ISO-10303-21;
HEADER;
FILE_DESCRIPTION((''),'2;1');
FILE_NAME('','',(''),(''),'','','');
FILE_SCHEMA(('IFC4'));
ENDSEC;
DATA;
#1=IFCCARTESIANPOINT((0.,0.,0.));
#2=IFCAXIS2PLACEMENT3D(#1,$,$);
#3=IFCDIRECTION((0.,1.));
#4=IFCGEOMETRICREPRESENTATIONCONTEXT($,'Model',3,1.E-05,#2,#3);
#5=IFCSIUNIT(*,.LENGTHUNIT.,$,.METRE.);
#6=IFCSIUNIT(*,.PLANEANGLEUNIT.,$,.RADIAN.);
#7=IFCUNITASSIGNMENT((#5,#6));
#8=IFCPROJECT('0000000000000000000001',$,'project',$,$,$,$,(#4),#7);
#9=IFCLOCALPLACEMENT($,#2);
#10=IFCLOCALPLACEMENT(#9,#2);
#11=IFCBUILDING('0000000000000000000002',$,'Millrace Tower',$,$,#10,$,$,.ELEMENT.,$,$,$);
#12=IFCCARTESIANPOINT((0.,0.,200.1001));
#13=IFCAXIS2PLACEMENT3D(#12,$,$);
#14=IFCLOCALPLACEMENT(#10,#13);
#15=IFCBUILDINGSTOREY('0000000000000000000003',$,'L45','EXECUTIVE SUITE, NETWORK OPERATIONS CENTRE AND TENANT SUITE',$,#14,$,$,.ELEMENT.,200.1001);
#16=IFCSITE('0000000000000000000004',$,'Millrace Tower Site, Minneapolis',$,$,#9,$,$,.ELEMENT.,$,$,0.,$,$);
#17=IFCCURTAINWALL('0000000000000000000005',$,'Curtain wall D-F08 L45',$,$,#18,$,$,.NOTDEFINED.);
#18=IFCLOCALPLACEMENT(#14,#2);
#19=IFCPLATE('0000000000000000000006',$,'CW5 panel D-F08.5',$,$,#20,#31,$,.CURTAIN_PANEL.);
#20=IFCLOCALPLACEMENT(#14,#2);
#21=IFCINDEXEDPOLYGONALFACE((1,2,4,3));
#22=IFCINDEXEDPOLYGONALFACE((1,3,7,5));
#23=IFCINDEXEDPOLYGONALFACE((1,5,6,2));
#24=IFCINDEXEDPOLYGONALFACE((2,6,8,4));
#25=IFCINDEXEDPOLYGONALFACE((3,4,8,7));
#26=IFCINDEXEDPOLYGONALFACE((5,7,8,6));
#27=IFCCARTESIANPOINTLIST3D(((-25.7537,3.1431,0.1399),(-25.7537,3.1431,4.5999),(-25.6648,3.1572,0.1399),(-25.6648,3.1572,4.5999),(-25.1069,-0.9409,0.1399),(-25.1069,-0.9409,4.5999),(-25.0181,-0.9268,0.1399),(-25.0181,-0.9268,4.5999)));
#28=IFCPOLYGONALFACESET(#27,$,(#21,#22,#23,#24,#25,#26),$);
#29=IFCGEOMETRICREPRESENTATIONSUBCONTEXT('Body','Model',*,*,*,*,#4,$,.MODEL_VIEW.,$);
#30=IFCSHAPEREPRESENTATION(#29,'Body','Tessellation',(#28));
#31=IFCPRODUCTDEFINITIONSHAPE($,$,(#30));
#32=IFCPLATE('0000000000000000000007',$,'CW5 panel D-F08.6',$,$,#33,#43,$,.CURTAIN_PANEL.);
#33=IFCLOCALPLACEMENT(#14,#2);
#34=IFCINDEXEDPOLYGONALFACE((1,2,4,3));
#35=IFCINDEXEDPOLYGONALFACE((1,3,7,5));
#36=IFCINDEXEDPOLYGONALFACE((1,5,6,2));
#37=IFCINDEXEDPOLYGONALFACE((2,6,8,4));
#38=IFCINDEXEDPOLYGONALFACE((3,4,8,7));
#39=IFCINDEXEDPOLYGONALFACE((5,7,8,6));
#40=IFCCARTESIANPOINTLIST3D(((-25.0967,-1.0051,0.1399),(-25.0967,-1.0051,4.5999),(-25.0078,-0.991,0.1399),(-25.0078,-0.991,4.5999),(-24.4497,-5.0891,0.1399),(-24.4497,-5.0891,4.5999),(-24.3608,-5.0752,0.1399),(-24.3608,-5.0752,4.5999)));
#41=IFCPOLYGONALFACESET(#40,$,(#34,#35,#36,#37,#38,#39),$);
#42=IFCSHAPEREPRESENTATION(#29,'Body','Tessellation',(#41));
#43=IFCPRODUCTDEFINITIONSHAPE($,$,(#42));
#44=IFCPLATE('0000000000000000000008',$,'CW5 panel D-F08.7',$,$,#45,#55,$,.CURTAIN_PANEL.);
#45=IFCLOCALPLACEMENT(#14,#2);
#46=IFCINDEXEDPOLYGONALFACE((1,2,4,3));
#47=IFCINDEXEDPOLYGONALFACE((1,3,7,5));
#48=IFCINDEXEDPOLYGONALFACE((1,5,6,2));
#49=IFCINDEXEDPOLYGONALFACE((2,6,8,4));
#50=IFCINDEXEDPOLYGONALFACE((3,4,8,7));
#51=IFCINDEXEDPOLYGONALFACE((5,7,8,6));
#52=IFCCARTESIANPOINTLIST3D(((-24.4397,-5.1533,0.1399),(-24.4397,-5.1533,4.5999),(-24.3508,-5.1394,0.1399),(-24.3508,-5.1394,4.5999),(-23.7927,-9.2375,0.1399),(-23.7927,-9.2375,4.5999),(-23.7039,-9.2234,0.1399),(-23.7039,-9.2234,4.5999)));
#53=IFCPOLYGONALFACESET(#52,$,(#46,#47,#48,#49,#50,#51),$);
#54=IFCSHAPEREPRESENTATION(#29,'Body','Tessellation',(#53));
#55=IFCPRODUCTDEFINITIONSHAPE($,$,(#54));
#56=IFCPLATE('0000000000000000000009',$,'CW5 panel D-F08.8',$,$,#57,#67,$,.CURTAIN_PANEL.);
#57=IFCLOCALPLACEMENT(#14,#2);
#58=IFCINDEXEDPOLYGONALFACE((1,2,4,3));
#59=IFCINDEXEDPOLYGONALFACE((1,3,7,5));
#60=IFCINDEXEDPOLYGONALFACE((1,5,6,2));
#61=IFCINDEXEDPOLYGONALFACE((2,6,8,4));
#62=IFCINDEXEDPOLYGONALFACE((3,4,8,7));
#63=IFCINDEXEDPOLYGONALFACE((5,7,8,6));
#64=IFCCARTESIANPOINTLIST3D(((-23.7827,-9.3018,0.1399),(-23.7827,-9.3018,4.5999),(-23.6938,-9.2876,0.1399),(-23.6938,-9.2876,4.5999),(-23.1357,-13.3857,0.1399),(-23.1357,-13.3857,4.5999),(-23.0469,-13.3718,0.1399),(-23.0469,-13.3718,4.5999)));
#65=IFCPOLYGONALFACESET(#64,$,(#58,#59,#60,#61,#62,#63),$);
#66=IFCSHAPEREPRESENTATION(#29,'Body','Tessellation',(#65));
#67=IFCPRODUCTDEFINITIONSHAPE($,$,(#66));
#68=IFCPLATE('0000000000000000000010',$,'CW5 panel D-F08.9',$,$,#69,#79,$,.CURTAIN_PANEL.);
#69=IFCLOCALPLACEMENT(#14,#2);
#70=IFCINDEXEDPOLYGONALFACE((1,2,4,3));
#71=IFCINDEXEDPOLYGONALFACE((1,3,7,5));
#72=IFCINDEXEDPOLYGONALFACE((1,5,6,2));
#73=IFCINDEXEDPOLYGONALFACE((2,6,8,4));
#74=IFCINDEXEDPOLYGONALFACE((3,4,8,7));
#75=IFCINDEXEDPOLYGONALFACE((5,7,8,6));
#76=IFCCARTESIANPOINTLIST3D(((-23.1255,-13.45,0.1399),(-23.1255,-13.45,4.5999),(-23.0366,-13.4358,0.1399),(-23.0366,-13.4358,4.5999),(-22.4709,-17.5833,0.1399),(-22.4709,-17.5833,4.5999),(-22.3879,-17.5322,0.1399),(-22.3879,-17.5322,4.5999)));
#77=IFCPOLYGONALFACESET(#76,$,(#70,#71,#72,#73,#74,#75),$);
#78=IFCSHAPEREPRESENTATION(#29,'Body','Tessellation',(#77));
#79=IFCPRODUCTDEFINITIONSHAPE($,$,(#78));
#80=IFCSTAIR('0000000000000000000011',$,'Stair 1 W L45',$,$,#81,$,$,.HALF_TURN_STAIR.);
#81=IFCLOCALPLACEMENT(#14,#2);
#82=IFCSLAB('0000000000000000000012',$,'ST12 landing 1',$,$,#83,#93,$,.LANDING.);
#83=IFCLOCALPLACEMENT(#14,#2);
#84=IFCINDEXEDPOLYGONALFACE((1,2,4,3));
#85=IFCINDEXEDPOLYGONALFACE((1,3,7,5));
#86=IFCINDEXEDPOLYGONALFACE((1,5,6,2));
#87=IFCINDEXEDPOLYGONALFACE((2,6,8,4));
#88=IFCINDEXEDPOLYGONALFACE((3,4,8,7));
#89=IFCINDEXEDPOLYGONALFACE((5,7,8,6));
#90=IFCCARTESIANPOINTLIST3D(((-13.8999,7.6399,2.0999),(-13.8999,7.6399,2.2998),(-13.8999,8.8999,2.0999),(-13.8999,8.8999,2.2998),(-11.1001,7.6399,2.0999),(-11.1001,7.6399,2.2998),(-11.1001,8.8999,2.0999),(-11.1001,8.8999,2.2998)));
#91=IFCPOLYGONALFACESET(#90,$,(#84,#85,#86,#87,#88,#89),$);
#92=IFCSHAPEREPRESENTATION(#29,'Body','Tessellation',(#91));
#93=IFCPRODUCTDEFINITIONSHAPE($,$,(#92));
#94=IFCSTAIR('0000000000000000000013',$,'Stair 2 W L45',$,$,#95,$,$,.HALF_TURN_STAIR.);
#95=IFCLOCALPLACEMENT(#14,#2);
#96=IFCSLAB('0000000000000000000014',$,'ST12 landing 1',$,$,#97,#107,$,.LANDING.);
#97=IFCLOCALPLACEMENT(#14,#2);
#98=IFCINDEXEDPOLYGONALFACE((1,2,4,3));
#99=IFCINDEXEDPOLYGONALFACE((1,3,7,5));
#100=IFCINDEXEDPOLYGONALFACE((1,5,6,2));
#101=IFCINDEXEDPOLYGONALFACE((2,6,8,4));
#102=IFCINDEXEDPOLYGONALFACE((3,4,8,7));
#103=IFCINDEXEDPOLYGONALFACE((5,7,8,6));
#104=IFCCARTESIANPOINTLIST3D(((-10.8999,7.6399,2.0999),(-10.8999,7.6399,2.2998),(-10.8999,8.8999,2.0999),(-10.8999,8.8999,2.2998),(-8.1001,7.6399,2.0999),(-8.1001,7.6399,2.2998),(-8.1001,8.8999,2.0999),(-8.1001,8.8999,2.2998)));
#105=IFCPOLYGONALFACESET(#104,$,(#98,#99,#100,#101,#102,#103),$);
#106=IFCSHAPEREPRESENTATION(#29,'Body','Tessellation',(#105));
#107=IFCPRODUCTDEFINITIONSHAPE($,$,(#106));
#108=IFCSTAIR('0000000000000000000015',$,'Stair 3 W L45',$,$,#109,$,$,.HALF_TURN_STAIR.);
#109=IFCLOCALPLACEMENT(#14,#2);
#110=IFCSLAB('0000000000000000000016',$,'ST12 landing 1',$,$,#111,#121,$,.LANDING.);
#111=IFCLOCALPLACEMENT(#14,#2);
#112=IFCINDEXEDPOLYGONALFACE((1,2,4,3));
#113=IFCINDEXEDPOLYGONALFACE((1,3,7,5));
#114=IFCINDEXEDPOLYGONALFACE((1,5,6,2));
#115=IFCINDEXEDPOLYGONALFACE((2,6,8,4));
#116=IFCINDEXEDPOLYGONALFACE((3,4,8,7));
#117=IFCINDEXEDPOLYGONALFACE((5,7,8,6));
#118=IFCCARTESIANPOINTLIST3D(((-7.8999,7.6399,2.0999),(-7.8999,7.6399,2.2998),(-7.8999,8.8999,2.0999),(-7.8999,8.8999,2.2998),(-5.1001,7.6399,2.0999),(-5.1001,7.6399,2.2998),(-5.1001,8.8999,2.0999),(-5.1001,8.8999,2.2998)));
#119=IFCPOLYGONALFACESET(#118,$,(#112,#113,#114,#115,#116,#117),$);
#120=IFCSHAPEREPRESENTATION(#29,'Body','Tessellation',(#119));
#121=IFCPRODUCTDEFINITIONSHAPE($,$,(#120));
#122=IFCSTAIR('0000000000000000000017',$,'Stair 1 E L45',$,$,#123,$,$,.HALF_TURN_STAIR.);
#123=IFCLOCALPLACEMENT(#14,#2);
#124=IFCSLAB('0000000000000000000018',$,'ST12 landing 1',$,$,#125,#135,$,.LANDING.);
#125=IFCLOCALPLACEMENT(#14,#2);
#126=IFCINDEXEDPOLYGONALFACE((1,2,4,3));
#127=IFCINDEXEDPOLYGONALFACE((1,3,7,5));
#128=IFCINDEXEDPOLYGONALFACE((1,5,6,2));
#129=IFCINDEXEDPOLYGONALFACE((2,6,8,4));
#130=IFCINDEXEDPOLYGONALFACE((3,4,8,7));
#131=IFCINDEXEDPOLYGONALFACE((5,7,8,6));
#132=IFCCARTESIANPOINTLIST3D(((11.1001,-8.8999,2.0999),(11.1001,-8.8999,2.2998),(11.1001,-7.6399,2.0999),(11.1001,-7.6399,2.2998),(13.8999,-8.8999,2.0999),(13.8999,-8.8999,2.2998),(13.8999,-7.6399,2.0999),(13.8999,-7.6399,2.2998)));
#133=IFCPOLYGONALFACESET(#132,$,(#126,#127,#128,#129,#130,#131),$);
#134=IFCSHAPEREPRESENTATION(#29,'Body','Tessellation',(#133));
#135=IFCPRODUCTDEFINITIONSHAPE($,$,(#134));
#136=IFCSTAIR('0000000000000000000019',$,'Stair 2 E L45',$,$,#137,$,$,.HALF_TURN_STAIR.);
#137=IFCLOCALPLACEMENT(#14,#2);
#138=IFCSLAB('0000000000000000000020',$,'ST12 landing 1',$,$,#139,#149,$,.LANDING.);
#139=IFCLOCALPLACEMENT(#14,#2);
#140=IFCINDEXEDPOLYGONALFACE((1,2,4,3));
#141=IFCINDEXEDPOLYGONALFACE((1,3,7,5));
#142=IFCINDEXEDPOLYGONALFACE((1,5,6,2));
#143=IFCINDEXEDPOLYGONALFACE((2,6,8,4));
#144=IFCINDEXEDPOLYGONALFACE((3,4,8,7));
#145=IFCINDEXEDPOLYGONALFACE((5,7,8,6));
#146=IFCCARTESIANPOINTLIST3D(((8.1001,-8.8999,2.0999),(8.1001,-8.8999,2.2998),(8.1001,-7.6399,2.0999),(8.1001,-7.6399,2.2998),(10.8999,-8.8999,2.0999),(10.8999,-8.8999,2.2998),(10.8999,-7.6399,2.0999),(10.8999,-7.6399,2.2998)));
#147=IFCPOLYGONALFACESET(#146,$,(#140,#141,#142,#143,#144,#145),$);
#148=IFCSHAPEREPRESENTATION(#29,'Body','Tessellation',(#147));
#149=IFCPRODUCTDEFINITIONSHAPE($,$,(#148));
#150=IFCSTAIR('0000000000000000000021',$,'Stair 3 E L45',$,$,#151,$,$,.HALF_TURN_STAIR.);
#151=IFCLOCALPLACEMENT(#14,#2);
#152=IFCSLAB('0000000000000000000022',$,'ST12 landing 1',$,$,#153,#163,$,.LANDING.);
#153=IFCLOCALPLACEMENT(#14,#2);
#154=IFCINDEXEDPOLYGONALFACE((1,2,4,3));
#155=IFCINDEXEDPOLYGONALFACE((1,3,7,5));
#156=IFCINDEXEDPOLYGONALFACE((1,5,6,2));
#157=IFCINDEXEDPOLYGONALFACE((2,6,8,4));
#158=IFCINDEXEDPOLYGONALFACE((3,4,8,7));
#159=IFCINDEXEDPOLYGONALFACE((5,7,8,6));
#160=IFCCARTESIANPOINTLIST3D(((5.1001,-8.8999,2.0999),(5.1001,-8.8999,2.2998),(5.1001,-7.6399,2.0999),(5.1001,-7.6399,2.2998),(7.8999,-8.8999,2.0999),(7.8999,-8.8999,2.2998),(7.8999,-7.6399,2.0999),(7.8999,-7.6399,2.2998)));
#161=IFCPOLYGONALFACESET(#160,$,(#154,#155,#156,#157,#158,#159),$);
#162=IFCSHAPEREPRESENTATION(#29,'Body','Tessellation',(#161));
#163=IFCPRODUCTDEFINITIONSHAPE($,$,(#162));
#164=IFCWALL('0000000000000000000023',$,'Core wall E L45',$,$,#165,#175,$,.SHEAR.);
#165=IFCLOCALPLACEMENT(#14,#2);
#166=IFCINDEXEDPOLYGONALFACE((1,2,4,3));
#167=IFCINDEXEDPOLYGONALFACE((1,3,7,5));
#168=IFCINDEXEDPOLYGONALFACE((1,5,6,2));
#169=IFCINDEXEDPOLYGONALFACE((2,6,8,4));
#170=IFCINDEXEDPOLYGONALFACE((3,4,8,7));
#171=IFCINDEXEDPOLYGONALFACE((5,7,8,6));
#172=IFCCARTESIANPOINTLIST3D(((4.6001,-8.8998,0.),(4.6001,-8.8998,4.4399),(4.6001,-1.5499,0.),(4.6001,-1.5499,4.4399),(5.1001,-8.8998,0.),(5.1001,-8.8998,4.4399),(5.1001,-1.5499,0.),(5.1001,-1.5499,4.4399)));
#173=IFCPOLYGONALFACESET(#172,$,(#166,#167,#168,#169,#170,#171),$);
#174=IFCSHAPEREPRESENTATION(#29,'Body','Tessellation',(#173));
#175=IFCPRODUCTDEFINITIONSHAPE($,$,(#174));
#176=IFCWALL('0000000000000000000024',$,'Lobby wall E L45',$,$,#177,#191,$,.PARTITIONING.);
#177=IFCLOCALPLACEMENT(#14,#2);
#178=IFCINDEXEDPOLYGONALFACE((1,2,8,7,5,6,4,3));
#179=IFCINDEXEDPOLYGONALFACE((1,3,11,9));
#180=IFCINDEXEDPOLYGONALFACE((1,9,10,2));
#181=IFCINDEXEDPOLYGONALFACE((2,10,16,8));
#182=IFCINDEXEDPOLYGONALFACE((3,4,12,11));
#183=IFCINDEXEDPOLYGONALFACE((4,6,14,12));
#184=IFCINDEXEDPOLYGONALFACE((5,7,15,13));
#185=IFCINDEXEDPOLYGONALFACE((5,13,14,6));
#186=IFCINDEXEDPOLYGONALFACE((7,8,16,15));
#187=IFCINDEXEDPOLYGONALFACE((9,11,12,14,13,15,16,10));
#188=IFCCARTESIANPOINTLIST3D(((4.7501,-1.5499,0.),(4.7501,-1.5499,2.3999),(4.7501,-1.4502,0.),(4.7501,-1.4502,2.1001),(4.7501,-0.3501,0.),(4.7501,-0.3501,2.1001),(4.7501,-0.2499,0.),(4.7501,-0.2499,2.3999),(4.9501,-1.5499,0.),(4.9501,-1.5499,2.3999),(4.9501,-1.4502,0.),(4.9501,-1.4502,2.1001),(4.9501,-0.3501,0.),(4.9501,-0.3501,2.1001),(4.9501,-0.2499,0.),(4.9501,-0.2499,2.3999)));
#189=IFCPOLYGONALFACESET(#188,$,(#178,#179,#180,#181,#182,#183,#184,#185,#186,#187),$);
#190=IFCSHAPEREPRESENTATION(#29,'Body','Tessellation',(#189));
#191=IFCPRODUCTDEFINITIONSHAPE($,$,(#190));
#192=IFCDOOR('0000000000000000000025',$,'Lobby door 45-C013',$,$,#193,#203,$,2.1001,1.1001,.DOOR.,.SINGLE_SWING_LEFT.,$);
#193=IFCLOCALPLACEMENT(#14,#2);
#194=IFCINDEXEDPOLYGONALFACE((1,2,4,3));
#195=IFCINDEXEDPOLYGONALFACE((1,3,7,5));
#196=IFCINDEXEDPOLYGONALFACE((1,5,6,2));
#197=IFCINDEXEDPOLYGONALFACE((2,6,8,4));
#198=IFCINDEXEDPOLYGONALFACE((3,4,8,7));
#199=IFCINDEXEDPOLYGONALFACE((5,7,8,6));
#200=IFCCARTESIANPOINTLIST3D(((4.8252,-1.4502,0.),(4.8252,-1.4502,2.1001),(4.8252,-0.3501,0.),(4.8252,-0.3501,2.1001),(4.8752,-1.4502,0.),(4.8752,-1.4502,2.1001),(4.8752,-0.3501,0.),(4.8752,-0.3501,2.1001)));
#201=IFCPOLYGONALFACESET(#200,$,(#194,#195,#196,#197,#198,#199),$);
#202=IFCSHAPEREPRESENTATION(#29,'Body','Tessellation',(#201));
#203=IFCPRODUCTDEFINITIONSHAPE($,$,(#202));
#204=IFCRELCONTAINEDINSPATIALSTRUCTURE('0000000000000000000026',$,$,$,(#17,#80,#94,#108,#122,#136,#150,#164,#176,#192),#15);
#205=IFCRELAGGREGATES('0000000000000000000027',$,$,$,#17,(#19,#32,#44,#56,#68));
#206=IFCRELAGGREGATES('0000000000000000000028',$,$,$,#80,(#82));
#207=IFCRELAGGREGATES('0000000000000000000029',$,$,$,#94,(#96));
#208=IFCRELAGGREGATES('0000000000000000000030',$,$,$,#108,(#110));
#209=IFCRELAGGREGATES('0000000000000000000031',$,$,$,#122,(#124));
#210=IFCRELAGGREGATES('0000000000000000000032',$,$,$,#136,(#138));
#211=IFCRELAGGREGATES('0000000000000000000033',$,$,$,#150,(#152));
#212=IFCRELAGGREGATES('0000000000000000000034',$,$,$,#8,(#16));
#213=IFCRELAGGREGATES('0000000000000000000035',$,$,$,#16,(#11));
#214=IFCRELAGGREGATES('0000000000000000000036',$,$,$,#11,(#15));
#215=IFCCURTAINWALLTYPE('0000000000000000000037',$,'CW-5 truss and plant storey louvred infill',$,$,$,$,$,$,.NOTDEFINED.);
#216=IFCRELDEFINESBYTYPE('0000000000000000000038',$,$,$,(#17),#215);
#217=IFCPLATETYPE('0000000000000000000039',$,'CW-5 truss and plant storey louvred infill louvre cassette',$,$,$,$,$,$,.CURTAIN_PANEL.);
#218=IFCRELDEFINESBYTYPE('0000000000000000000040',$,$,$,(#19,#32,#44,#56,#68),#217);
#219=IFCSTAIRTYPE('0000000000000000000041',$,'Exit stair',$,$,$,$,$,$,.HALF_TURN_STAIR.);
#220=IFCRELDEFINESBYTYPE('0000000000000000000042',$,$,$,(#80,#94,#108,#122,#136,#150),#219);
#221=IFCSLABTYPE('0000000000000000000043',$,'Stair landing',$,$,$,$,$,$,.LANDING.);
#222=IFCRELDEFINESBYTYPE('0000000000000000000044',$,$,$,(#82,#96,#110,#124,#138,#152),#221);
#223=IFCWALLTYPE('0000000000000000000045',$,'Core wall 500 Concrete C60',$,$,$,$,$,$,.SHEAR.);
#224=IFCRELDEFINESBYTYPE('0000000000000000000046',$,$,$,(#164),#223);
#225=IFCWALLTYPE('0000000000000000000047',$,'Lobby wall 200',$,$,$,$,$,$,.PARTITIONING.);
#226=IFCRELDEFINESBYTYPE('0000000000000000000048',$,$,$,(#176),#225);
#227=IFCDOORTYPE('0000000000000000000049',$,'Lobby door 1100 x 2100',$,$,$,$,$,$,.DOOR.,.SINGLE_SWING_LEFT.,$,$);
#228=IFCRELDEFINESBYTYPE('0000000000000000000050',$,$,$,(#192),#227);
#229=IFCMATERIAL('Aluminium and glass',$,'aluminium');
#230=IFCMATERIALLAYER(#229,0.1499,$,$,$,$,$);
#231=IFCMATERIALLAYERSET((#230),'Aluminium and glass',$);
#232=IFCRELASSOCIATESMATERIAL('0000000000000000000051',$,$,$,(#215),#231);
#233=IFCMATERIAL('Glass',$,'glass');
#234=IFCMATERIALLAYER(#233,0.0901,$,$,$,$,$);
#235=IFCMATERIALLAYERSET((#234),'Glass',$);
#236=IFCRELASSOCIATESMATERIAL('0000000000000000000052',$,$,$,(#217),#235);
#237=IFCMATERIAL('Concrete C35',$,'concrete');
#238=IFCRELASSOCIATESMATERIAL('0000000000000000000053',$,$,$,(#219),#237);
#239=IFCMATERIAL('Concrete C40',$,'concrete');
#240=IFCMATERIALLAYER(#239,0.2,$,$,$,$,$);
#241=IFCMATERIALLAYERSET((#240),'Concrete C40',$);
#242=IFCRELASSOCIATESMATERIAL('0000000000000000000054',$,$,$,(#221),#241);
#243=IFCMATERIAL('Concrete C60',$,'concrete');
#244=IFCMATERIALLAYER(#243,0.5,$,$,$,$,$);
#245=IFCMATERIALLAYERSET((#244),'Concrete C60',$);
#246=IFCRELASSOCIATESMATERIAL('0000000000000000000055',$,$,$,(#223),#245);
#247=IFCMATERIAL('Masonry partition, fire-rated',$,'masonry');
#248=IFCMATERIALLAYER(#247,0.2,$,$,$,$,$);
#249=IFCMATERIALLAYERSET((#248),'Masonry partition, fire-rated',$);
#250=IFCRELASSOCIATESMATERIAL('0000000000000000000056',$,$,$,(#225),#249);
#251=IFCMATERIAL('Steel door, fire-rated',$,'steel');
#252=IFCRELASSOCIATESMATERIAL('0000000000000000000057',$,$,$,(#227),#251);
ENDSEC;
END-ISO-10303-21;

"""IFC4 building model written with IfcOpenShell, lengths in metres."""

from ifc_helpers import new_model, si_unit, direction, frame, frame_2d, origin, place, context, subcontext, project, spatial, polyline, rectangle, outline, extrude, material, layer, layer_set, type_object, element, fill, aggregate, save


model = new_model("IFC4")

# Units and contexts
model_context = context("Model", 3, precision=1e-05, world=origin(), true_north=direction((0.0, 1.0)))
body_context = subcontext(model_context, "Body", "Model", "MODEL_VIEW")
ifc_project = project(units=[si_unit("LENGTHUNIT", "METRE"), si_unit("PLANEANGLEUNIT", "RADIAN")], contexts=[model_context])

# Site, building, storey
site_placement = place(None, origin())
site = spatial("IfcSite", under=ifc_project, at=site_placement, Name="Millrace Tower Site, Minneapolis", CompositionType="ELEMENT", RefElevation=0.0)
building_placement = place(site_placement, origin())
building = spatial("IfcBuilding", under=site, at=building_placement, Name="Millrace Tower", CompositionType="ELEMENT")
storey_placement = place(building_placement, frame((0.0, 0.0, 200.1001)))
storey = spatial("IfcBuildingStorey", under=building, at=storey_placement, Name="L45", Description="EXECUTIVE SUITE, NETWORK OPERATIONS CENTRE AND TENANT SUITE", CompositionType="ELEMENT", Elevation=200.1001)

# Curtain wall, plates
ifc_material_1 = material(Name="Aluminium and glass", Category="aluminium")
ifc_layer_1 = layer(ifc_material_1, 0.1499)
ifc_layer_set_1 = layer_set([ifc_layer_1], Name="Aluminium and glass")
curtain_wall_type = type_object("IfcCurtainWallType", Name="CW-5 truss and plant storey louvred infill", PredefinedType="NOTDEFINED", material=ifc_layer_set_1)
placement_1 = place(storey_placement, origin())
curtain_wall = element("IfcCurtainWall", 1, at=placement_1, inside=storey, type_object=curtain_wall_type, Name="Curtain wall D-F08 L45", PredefinedType="NOTDEFINED")
ifc_material_2 = material(Name="Glass", Category="glass")
ifc_layer_2 = layer(ifc_material_2, 0.0901)
ifc_layer_set_2 = layer_set([ifc_layer_2], Name="Glass")
plate_type = type_object("IfcPlateType", Name="CW-5 truss and plant storey louvred infill louvre cassette", PredefinedType="CURTAIN_PANEL", material=ifc_layer_set_2)
placement_2 = place(storey_placement, frame((0.0, 0.0, 0.1399)))
plate_1 = element("IfcPlate", 2, at=placement_2, type_object=plate_type, Name="CW5 panel D-F08.5", PredefinedType="CURTAIN_PANEL", context=body_context, shape_type="SweptSolid", body=[
    extrude(outline(polyline([(-25.7537, 3.1431), (-25.1069, -0.9409), (-25.0181, -0.9268), (-25.6648, 3.1572), (-25.7537, 3.1431)])), origin(), (0.0, 0.0, 1.0), 4.46),
])
plate_2 = element("IfcPlate", 3, at=placement_2, type_object=plate_type, Name="CW5 panel D-F08.6", PredefinedType="CURTAIN_PANEL", context=body_context, shape_type="SweptSolid", body=[
    extrude(outline(polyline([(-25.0967, -1.0051), (-24.4497, -5.0891), (-24.3608, -5.0752), (-25.0078, -0.991), (-25.0967, -1.0051)])), origin(), (0.0, 0.0, 1.0), 4.46),
])
plate_3 = element("IfcPlate", 4, at=placement_2, type_object=plate_type, Name="CW5 panel D-F08.7", PredefinedType="CURTAIN_PANEL", context=body_context, shape_type="SweptSolid", body=[
    extrude(outline(polyline([(-24.4397, -5.1533), (-23.7927, -9.2375), (-23.7039, -9.2234), (-24.3508, -5.1394), (-24.4397, -5.1533)])), origin(), (0.0, 0.0, 1.0), 4.46),
])
plate_4 = element("IfcPlate", 5, at=placement_2, type_object=plate_type, Name="CW5 panel D-F08.8", PredefinedType="CURTAIN_PANEL", context=body_context, shape_type="SweptSolid", body=[
    extrude(outline(polyline([(-23.7827, -9.3018), (-23.1357, -13.3857), (-23.0469, -13.3718), (-23.6938, -9.2876), (-23.7827, -9.3018)])), origin(), (0.0, 0.0, 1.0), 4.46),
])
plate_5 = element("IfcPlate", 6, at=placement_2, type_object=plate_type, Name="CW5 panel D-F08.9", PredefinedType="CURTAIN_PANEL", context=body_context, shape_type="SweptSolid", body=[
    extrude(outline(polyline([(-23.1255, -13.45), (-22.4709, -17.5833), (-22.3879, -17.5322), (-23.0366, -13.4358), (-23.1255, -13.45)])), origin(), (0.0, 0.0, 1.0), 4.46),
])
aggregate(curtain_wall, [plate_1, plate_2, plate_3, plate_4, plate_5])

# Stairs, slabs
ifc_material_3 = material(Name="Concrete C35", Category="concrete")
stair_type = type_object("IfcStairType", Name="Exit stair", PredefinedType="HALF_TURN_STAIR", material=ifc_material_3)
stair_1 = element("IfcStair", 7, at=placement_1, inside=storey, type_object=stair_type, Name="Stair 1 W L45", PredefinedType="HALF_TURN_STAIR")
ifc_material_4 = material(Name="Concrete C40", Category="concrete")
ifc_layer_3 = layer(ifc_material_4, 0.2)
ifc_layer_set_3 = layer_set([ifc_layer_3], Name="Concrete C40")
slab_type = type_object("IfcSlabType", Name="Stair landing", PredefinedType="LANDING", material=ifc_layer_set_3)
placement_3 = place(storey_placement, frame((0.0, 0.0, 2.0999)))
slab_1 = element("IfcSlab", 8, at=placement_3, type_object=slab_type, Name="ST12 landing 1", PredefinedType="LANDING", context=body_context, shape_type="SweptSolid", body=[
    extrude(outline(polyline([(-13.8999, 7.6399), (-11.1001, 7.6399), (-11.1001, 8.8999), (-13.8999, 8.8999), (-13.8999, 7.6399)])), origin(), (0.0, 0.0, 1.0), 0.2),
])
aggregate(stair_1, [slab_1])
stair_2 = element("IfcStair", 9, at=placement_1, inside=storey, type_object=stair_type, Name="Stair 2 W L45", PredefinedType="HALF_TURN_STAIR")
slab_2 = element("IfcSlab", 10, at=placement_3, type_object=slab_type, Name="ST12 landing 1", PredefinedType="LANDING", context=body_context, shape_type="SweptSolid", body=[
    extrude(outline(polyline([(-10.8999, 7.6399), (-8.1001, 7.6399), (-8.1001, 8.8999), (-10.8999, 8.8999), (-10.8999, 7.6399)])), origin(), (0.0, 0.0, 1.0), 0.2),
])
aggregate(stair_2, [slab_2])
stair_3 = element("IfcStair", 11, at=placement_1, inside=storey, type_object=stair_type, Name="Stair 3 W L45", PredefinedType="HALF_TURN_STAIR")
slab_3 = element("IfcSlab", 12, at=placement_3, type_object=slab_type, Name="ST12 landing 1", PredefinedType="LANDING", context=body_context, shape_type="SweptSolid", body=[
    extrude(outline(polyline([(-7.8999, 7.6399), (-5.1001, 7.6399), (-5.1001, 8.8999), (-7.8999, 8.8999), (-7.8999, 7.6399)])), origin(), (0.0, 0.0, 1.0), 0.2),
])
aggregate(stair_3, [slab_3])
stair_4 = element("IfcStair", 13, at=placement_1, inside=storey, type_object=stair_type, Name="Stair 1 E L45", PredefinedType="HALF_TURN_STAIR")
slab_4 = element("IfcSlab", 14, at=placement_3, type_object=slab_type, Name="ST12 landing 1", PredefinedType="LANDING", context=body_context, shape_type="SweptSolid", body=[
    extrude(outline(polyline([(11.1001, -8.8999), (13.8999, -8.8999), (13.8999, -7.6399), (11.1001, -7.6399), (11.1001, -8.8999)])), origin(), (0.0, 0.0, 1.0), 0.2),
])
aggregate(stair_4, [slab_4])
stair_5 = element("IfcStair", 15, at=placement_1, inside=storey, type_object=stair_type, Name="Stair 2 E L45", PredefinedType="HALF_TURN_STAIR")
slab_5 = element("IfcSlab", 16, at=placement_3, type_object=slab_type, Name="ST12 landing 1", PredefinedType="LANDING", context=body_context, shape_type="SweptSolid", body=[
    extrude(outline(polyline([(8.1001, -8.8999), (10.8999, -8.8999), (10.8999, -7.6399), (8.1001, -7.6399), (8.1001, -8.8999)])), origin(), (0.0, 0.0, 1.0), 0.2),
])
aggregate(stair_5, [slab_5])
stair_6 = element("IfcStair", 17, at=placement_1, inside=storey, type_object=stair_type, Name="Stair 3 E L45", PredefinedType="HALF_TURN_STAIR")
slab_6 = element("IfcSlab", 18, at=placement_3, type_object=slab_type, Name="ST12 landing 1", PredefinedType="LANDING", context=body_context, shape_type="SweptSolid", body=[
    extrude(outline(polyline([(5.1001, -8.8999), (7.8999, -8.8999), (7.8999, -7.6399), (5.1001, -7.6399), (5.1001, -8.8999)])), origin(), (0.0, 0.0, 1.0), 0.2),
])
aggregate(stair_6, [slab_6])

# Wall
ifc_material_5 = material(Name="Concrete C60", Category="concrete")
ifc_layer_4 = layer(ifc_material_5, 0.5)
ifc_layer_set_4 = layer_set([ifc_layer_4], Name="Concrete C60")
wall_type_1 = type_object("IfcWallType", Name="Core wall 500 Concrete C60", PredefinedType="SHEAR", material=ifc_layer_set_4)
wall_1_placement = place(storey_placement, frame((4.8501, -1.55, 0.0), z_axis=(0.0, 0.0, 1.0), x_axis=(0.0, -1.0, 0.0)))
element("IfcWall", 19, at=wall_1_placement, inside=storey, type_object=wall_type_1, Name="Core wall E L45", PredefinedType="SHEAR", context=body_context, shape_type="SweptSolid", body=[
    extrude(rectangle(XDim=7.3499, YDim=0.5, at=frame_2d((3.6748, 0.0))), origin(), (0.0, 0.0, 1.0), 4.4399),
])

# Wall, opening, door
ifc_material_6 = material(Name="Masonry partition, fire-rated", Category="masonry")
ifc_layer_5 = layer(ifc_material_6, 0.2)
ifc_layer_set_5 = layer_set([ifc_layer_5], Name="Masonry partition, fire-rated")
wall_type_2 = type_object("IfcWallType", Name="Lobby wall 200", PredefinedType="PARTITIONING", material=ifc_layer_set_5)
wall_2_placement = place(storey_placement, frame((4.8501, -0.25, 0.0), z_axis=(0.0, 0.0, 1.0), x_axis=(0.0, -1.0, 0.0)))
wall_2 = element("IfcWall", 20, at=wall_2_placement, inside=storey, type_object=wall_type_2, Name="Lobby wall E L45", PredefinedType="PARTITIONING", context=body_context, shape_type="SweptSolid", body=[
    extrude(rectangle(XDim=1.3, YDim=0.2, at=frame_2d((0.6499, 0.0))), origin(), (0.0, 0.0, 1.0), 2.3999),
])
opening_placement = place(wall_2_placement, frame((0.1001, 0.0, 0.0)))
opening = element("IfcOpeningElement", 21, at=opening_placement, cuts=wall_2, PredefinedType="OPENING", context=body_context, shape_type="SweptSolid", body=[
    extrude(rectangle(XDim=1.1001, YDim=2.1001, at=frame_2d((0.55, 1.05))), frame((0.0, 0.1099, 0.0), z_axis=(0.0, -1.0, 0.0), x_axis=(1.0, 0.0, 0.0)), (0.0, 0.0, 1.0), 0.22),
])
ifc_material_7 = material(Name="Steel door, fire-rated", Category="steel")
door_type = type_object("IfcDoorType", Name="Lobby door 1100 x 2100", OperationType="SINGLE_SWING_LEFT", PredefinedType="DOOR", material=ifc_material_7)
door_placement = place(opening_placement, frame((1.1001, 0.0, 0.0), z_axis=(0.0, 0.0, 1.0), x_axis=(-1.0, 0.0, 0.0)))
door = element("IfcDoor", 22, at=door_placement, inside=storey, type_object=door_type, Name="Lobby door 45-C013", OperationType="SINGLE_SWING_LEFT", OverallHeight=2.1001, OverallWidth=1.1001, PredefinedType="DOOR", context=body_context, shape_type="SweptSolid", body=[
    extrude(rectangle(XDim=1.1001, YDim=2.1001, at=frame_2d((0.55, 1.05))), frame((0.0, 0.0249, 0.0), z_axis=(0.0, -1.0, 0.0), x_axis=(1.0, 0.0, 0.0)), (0.0, 0.0, 1.0), 0.05),
])
fill(opening, door)

save(model, "model.ifc")
